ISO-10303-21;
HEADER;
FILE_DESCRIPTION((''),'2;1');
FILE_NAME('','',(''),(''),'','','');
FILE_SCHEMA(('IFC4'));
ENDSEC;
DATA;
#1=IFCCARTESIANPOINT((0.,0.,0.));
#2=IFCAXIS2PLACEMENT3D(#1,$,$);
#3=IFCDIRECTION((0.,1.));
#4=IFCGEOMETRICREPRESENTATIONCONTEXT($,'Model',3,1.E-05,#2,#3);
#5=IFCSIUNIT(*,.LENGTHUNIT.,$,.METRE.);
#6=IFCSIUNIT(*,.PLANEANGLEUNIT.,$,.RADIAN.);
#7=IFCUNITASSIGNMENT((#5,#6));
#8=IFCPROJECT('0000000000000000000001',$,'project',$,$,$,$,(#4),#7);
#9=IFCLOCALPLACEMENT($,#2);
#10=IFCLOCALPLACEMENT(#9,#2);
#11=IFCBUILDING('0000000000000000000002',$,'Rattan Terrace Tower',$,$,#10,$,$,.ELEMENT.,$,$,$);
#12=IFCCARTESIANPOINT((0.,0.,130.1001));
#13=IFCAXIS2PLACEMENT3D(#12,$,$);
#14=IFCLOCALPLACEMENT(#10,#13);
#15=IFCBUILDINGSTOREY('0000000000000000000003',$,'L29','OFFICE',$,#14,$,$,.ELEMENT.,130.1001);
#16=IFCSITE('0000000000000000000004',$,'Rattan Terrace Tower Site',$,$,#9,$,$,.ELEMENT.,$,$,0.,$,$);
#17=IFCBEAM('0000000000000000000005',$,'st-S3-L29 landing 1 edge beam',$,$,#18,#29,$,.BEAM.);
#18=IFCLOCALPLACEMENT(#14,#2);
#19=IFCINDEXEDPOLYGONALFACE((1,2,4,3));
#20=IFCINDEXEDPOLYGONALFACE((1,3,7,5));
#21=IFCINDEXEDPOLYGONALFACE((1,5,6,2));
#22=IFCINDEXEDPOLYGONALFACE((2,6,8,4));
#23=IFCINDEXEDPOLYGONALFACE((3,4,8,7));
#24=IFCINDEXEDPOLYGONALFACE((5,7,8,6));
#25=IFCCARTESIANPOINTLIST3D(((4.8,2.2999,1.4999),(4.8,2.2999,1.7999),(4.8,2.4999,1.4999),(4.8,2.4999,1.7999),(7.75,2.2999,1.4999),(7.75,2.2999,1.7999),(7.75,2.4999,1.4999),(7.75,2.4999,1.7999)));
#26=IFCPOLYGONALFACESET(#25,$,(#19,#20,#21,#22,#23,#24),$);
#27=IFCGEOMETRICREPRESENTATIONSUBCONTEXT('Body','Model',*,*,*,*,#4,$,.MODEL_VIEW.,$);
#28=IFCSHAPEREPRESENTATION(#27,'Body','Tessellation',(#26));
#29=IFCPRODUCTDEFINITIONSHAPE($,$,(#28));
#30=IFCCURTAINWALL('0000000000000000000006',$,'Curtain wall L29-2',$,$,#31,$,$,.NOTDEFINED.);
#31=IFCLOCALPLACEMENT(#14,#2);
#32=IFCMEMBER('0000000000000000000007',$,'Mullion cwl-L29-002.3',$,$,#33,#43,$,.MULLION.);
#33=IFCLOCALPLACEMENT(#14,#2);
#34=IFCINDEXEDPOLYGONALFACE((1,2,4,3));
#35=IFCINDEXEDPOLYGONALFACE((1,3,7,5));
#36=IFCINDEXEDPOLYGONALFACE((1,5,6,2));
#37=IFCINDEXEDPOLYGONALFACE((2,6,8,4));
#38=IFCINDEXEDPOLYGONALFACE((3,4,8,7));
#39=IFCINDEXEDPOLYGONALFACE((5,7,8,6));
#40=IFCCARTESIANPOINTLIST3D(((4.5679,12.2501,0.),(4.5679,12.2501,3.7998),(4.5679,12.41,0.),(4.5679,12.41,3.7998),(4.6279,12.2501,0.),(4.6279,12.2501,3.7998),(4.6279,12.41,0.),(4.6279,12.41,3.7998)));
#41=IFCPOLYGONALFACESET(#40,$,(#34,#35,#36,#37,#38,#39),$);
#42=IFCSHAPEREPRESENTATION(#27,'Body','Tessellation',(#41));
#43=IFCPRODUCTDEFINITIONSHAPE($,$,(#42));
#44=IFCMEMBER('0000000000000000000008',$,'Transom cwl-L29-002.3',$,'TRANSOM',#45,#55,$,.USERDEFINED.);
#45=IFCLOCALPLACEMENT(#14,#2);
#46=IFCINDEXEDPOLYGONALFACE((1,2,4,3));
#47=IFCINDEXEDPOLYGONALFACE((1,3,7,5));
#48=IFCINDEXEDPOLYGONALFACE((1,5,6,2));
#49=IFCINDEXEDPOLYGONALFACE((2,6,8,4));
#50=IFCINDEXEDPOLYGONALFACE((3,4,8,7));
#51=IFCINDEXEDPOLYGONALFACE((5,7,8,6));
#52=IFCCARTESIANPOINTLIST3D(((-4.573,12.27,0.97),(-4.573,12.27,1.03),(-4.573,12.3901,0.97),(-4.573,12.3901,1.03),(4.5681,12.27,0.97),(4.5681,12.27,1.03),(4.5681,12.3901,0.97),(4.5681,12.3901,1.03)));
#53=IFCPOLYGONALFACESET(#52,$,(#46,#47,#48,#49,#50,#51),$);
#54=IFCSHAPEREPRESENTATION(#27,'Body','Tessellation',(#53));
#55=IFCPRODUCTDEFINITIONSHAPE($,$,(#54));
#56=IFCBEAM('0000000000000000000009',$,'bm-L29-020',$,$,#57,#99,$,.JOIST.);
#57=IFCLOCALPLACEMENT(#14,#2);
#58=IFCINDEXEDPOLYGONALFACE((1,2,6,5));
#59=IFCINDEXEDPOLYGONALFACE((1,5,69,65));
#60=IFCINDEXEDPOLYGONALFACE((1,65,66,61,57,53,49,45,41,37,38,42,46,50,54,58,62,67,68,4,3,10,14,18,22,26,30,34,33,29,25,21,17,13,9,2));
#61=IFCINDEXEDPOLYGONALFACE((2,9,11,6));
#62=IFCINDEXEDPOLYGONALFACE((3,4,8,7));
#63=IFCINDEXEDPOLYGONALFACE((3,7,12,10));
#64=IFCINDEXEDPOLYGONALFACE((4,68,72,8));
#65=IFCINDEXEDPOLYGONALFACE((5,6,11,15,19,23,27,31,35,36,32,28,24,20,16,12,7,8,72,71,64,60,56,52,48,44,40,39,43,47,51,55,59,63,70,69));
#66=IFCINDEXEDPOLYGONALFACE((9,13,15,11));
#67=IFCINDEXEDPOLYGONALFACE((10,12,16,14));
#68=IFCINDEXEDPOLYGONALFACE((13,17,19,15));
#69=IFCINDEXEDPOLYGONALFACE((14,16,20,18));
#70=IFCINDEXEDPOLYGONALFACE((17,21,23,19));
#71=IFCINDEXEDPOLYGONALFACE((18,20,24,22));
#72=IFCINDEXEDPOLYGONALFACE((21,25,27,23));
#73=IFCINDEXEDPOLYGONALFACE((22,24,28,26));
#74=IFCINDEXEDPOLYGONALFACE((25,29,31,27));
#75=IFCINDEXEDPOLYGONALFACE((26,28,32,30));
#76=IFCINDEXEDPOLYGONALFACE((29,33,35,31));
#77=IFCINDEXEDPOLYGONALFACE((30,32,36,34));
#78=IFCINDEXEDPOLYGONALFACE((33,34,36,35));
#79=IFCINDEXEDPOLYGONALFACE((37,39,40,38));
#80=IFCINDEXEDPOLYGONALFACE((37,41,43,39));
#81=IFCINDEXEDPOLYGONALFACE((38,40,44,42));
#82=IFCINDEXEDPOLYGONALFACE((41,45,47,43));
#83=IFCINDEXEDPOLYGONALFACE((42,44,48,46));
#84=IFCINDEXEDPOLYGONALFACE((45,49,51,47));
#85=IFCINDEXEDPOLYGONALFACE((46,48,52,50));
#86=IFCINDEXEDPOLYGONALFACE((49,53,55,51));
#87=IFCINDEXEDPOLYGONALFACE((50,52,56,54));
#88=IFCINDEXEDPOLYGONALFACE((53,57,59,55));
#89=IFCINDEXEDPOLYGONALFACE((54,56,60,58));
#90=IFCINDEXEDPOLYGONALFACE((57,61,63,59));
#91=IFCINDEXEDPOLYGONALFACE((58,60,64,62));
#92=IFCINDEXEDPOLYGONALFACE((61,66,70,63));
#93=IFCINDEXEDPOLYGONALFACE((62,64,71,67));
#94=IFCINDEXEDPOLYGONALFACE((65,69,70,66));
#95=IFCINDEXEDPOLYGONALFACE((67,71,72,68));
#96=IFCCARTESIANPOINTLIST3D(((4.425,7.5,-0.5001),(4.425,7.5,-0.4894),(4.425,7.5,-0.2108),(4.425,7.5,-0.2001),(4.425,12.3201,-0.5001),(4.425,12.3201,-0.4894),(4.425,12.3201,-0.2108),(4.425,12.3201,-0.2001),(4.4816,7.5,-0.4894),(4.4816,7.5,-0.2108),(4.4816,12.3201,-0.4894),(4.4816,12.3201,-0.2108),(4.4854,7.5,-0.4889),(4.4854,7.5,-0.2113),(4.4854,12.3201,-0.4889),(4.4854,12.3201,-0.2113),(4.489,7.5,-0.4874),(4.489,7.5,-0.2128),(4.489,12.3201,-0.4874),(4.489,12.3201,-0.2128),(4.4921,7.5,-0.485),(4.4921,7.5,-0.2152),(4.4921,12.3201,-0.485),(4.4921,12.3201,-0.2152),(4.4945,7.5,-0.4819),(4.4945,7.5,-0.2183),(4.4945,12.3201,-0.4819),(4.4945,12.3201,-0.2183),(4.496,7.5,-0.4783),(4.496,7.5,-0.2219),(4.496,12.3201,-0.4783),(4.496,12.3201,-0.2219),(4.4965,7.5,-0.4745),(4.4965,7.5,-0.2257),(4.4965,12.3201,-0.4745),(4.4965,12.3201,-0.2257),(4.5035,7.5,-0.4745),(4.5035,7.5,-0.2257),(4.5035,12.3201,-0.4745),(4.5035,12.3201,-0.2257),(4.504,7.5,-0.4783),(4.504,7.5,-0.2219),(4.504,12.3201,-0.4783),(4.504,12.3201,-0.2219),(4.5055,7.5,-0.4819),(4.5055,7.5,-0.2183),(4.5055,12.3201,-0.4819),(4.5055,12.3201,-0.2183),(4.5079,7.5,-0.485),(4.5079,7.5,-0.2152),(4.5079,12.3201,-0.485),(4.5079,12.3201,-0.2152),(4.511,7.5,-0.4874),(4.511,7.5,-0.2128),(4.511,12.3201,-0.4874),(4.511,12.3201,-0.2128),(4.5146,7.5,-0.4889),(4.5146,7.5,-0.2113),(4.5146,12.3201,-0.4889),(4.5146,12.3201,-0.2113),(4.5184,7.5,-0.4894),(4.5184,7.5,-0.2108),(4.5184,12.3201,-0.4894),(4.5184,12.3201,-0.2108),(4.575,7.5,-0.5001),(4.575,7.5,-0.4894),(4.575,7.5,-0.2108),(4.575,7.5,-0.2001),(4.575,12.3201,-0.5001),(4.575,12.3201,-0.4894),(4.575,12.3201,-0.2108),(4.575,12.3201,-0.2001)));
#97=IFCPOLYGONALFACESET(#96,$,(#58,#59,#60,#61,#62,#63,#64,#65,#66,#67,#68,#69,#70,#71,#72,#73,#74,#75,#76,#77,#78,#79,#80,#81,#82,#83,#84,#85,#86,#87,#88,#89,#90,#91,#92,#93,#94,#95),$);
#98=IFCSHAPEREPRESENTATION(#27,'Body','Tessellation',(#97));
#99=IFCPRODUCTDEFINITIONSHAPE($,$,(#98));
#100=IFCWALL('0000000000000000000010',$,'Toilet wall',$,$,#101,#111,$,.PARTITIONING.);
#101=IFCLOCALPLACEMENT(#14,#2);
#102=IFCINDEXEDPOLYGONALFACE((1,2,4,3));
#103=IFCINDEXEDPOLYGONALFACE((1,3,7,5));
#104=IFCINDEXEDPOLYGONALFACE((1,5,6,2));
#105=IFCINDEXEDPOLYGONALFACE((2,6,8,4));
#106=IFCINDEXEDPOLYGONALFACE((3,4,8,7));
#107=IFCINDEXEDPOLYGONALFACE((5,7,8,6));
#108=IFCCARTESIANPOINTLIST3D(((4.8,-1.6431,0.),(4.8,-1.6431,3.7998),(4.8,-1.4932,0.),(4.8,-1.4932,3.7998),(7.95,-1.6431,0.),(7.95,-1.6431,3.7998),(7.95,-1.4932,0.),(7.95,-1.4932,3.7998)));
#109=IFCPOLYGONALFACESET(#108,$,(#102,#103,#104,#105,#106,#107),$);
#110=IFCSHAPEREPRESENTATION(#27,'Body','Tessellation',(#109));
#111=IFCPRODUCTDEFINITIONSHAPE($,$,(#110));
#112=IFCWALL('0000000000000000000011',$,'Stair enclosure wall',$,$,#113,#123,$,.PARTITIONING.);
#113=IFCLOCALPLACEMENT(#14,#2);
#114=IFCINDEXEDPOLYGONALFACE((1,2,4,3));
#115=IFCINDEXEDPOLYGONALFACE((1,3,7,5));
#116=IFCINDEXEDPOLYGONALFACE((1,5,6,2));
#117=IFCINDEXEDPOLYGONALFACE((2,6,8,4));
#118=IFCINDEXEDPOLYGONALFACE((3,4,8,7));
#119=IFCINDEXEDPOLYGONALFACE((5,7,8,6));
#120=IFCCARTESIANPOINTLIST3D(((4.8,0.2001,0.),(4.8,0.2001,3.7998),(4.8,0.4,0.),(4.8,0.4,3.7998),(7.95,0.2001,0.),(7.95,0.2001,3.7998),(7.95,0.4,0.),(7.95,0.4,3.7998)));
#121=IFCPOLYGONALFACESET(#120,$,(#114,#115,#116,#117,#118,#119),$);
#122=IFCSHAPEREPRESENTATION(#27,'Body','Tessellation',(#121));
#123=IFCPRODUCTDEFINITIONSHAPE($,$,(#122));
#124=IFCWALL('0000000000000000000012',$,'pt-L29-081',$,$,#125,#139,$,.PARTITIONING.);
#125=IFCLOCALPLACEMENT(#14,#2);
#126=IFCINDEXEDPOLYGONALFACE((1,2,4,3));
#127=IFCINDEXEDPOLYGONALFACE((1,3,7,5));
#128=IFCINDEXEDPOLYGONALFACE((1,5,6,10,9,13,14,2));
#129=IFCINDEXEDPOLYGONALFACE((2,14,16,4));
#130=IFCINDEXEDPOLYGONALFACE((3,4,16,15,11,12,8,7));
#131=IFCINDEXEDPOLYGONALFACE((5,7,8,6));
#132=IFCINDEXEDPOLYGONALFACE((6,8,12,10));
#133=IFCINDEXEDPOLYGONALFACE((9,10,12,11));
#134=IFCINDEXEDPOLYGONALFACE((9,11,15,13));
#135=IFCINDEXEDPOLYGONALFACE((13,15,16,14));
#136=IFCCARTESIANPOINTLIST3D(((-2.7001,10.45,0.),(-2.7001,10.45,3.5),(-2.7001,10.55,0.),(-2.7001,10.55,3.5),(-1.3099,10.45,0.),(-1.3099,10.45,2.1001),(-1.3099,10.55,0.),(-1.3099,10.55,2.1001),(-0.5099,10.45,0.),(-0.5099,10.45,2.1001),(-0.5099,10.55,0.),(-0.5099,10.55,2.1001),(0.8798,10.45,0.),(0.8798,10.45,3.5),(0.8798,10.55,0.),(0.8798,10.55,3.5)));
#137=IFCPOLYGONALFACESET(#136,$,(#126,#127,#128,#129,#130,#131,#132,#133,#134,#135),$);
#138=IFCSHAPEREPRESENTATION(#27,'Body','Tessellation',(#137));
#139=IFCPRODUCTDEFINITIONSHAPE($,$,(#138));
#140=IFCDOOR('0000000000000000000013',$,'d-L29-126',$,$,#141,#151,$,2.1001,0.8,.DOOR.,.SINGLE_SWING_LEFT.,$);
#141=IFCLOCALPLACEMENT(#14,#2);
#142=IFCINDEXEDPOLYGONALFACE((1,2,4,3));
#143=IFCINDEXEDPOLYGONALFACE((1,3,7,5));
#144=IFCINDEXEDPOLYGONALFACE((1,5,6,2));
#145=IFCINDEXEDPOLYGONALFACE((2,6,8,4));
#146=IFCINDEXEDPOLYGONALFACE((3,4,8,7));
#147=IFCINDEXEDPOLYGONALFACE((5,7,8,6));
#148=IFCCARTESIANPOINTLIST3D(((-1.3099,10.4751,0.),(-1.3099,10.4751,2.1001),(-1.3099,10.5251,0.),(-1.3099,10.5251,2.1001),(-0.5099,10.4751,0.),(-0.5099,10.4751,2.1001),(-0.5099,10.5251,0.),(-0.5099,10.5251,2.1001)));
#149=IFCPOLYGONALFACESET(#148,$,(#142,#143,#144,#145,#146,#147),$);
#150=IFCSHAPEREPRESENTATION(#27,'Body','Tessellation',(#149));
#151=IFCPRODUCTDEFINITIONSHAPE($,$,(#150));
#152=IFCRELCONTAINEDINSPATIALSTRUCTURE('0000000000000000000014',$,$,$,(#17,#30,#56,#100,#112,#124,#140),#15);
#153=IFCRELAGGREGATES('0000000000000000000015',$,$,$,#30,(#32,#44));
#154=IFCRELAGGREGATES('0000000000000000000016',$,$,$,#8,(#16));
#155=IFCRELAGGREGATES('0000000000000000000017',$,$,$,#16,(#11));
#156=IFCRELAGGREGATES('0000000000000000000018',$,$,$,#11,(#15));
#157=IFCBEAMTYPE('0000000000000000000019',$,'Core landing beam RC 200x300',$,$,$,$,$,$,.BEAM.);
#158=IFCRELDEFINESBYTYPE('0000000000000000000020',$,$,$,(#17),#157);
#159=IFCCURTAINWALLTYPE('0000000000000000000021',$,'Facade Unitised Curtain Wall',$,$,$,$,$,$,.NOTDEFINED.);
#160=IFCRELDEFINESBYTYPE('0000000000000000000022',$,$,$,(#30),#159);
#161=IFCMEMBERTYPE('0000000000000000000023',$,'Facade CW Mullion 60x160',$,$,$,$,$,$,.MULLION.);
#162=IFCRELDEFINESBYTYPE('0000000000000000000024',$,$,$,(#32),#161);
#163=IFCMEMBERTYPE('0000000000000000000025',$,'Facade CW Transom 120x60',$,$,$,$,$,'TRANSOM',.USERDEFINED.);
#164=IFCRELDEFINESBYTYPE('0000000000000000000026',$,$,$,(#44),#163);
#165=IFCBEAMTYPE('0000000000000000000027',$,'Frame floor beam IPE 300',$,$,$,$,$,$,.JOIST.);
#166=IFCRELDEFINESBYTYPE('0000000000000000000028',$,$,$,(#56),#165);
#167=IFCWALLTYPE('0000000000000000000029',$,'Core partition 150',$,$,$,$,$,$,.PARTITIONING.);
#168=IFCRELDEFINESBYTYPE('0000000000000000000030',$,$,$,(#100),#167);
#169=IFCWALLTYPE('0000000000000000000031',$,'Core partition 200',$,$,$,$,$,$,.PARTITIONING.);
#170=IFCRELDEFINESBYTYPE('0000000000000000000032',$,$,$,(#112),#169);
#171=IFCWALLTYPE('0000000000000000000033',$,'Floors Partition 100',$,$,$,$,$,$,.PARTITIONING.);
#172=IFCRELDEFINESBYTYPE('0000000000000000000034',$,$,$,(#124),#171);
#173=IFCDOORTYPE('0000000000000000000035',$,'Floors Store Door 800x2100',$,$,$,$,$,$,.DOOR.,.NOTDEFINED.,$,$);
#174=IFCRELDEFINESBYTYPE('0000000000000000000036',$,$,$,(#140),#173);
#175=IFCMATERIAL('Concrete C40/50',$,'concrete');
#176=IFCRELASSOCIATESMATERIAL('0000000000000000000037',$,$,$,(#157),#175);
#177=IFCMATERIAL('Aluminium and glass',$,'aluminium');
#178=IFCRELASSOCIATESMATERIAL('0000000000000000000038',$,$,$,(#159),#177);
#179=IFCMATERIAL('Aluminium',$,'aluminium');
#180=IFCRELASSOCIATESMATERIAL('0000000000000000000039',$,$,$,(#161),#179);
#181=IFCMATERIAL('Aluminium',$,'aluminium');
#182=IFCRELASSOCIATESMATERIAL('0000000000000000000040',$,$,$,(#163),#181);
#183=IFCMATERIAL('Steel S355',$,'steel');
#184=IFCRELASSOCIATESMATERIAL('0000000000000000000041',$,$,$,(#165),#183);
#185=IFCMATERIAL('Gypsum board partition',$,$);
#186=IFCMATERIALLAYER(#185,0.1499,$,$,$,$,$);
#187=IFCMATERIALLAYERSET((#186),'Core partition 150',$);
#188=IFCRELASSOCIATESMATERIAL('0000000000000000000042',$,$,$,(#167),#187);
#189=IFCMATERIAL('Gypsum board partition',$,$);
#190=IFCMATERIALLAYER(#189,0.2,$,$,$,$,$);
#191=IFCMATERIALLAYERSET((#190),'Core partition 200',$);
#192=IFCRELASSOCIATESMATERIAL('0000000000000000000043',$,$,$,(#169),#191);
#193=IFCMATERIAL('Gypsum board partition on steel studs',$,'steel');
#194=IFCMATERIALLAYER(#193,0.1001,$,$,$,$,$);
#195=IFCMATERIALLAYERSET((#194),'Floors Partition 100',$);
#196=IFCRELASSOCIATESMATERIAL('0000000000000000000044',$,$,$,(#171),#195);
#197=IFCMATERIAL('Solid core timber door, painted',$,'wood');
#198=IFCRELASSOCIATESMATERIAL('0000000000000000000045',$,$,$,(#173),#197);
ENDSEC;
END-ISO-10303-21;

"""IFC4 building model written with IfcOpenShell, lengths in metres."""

from ifc_helpers import new_model, si_unit, direction, frame, frame_2d, origin, origin_2d, place, context, subcontext, project, spatial, rectangle, i_section, extrude, material, layer, layer_set, material_profile, profile_set, type_object, element, fill, aggregate, save


model = new_model("IFC4")

# Units and contexts
model_context = context("Model", 3, precision=1e-05, world=origin(), true_north=direction((0.0, 1.0)))
body_context = subcontext(model_context, "Body", "Model", "MODEL_VIEW")
ifc_project = project(units=[si_unit("LENGTHUNIT", "METRE"), si_unit("PLANEANGLEUNIT", "RADIAN")], contexts=[model_context])

# Site, building, storey
site_placement = place(None, origin())
site = spatial("IfcSite", under=ifc_project, at=site_placement, Name="Rattan Terrace Tower Site", CompositionType="ELEMENT", RefElevation=0.0)
building_placement = place(site_placement, origin())
building = spatial("IfcBuilding", under=site, at=building_placement, Name="Rattan Terrace Tower", CompositionType="ELEMENT")
storey_placement = place(building_placement, frame((0.0, 0.0, 130.1001)))
storey = spatial("IfcBuildingStorey", under=building, at=storey_placement, Name="L29", Description="OFFICE", CompositionType="ELEMENT", Elevation=130.1001)

# Beam
ifc_material_1 = material(Name="Concrete C40/50", Category="concrete")
ifc_material_profile_1 = material_profile(ifc_material_1, rectangle(XDim=0.2, YDim=0.3, at=origin_2d()), Name="RC 200x300")
ifc_profile_set_1 = profile_set([ifc_material_profile_1], Name="Concrete C40/50")
beam_type_1 = type_object("IfcBeamType", Name="Core landing beam RC 200x300", PredefinedType="BEAM", material=ifc_profile_set_1)
beam_1_placement = place(storey_placement, frame((4.8, 2.3999, 1.6499), z_axis=(1.0, 0.0, 0.0), x_axis=(0.0, 1.0, 0.0)))
element("IfcBeam", 1, at=beam_1_placement, inside=storey, type_object=beam_type_1, Name="st-S3-L29 landing 1 edge beam", PredefinedType="BEAM", context=body_context, shape_type="SweptSolid", body=[
    extrude(rectangle(XDim=0.2, YDim=0.3, at=origin_2d()), origin(), (0.0, 0.0, 1.0), 2.95),
])

# Curtain wall, members
ifc_material_2 = material(Name="Aluminium and glass", Category="aluminium")
curtain_wall_type = type_object("IfcCurtainWallType", Name="Facade Unitised Curtain Wall", PredefinedType="NOTDEFINED", material=ifc_material_2)
curtain_wall_placement = place(storey_placement, origin())
curtain_wall = element("IfcCurtainWall", 2, at=curtain_wall_placement, inside=storey, type_object=curtain_wall_type, Name="Curtain wall L29-2", PredefinedType="NOTDEFINED")
ifc_material_3 = material(Name="Aluminium", Category="aluminium")
ifc_material_profile_2 = material_profile(ifc_material_3, rectangle(XDim=0.0601, YDim=0.1599, at=origin_2d()), Name="Aluminium 60x160")
ifc_profile_set_2 = profile_set([ifc_material_profile_2], Name="Aluminium")
member_type_1 = type_object("IfcMemberType", Name="Facade CW Mullion 60x160", PredefinedType="MULLION", material=ifc_profile_set_2)
member_1_placement = place(storey_placement, frame((4.5979, 12.3301, 0.0), z_axis=(0.0, 0.0, 1.0), x_axis=(-1.0, 0.0, 0.0)))
member_1 = element("IfcMember", 3, at=member_1_placement, type_object=member_type_1, Name="Mullion cwl-L29-002.3", PredefinedType="MULLION", context=body_context, shape_type="SweptSolid", body=[
    extrude(rectangle(XDim=0.0601, YDim=0.1599, at=origin_2d()), origin(), (0.0, 0.0, 1.0), 3.7998),
])
ifc_material_4 = material(Name="Aluminium", Category="aluminium")
ifc_material_profile_3 = material_profile(ifc_material_4, rectangle(XDim=0.1201, YDim=0.0601, at=origin_2d()), Name="Aluminium 120x60")
ifc_profile_set_3 = profile_set([ifc_material_profile_3], Name="Aluminium")
member_type_2 = type_object("IfcMemberType", Name="Facade CW Transom 120x60", ElementType="TRANSOM", PredefinedType="USERDEFINED", material=ifc_profile_set_3)
member_2_placement = place(storey_placement, frame((4.5681, 12.3301, 1.0), z_axis=(-1.0, 0.0, 0.0), x_axis=(0.0, -1.0, 0.0)))
member_2 = element("IfcMember", 4, at=member_2_placement, type_object=member_type_2, Name="Transom cwl-L29-002.3", ObjectType="TRANSOM", PredefinedType="USERDEFINED", context=body_context, shape_type="SweptSolid", body=[
    extrude(rectangle(XDim=0.1201, YDim=0.0601, at=origin_2d()), origin(), (0.0, 0.0, 1.0), 9.1411),
])
aggregate(curtain_wall, [member_1, member_2])

# Beam
ifc_material_5 = material(Name="Steel S355", Category="steel")
ifc_material_profile_4 = material_profile(ifc_material_5, i_section(OverallWidth=0.1499, OverallDepth=0.3, WebThickness=0.0071, FlangeThickness=0.0107, FilletRadius=0.0149, at=origin_2d()), Name="IPE 300")
ifc_profile_set_4 = profile_set([ifc_material_profile_4], Name="Steel S355")
beam_type_2 = type_object("IfcBeamType", Name="Frame floor beam IPE 300", PredefinedType="JOIST", material=ifc_profile_set_4)
beam_2_placement = place(storey_placement, frame((4.5, 7.5, -0.3501), z_axis=(0.0, 1.0, 0.0), x_axis=(-1.0, 0.0, 0.0)))
element("IfcBeam", 5, at=beam_2_placement, inside=storey, type_object=beam_type_2, Name="bm-L29-020", PredefinedType="JOIST", context=body_context, shape_type="SweptSolid", body=[
    extrude(i_section(OverallWidth=0.1499, OverallDepth=0.3, WebThickness=0.0071, FlangeThickness=0.0107, FilletRadius=0.0149, at=origin_2d()), origin(), (0.0, 0.0, 1.0), 4.8201),
])

# Walls
ifc_material_6 = material(Name="Gypsum board partition")
ifc_layer_1 = layer(ifc_material_6, 0.1499)
ifc_layer_set_1 = layer_set([ifc_layer_1], Name="Core partition 150")
wall_type_1 = type_object("IfcWallType", Name="Core partition 150", PredefinedType="PARTITIONING", material=ifc_layer_set_1)
wall_1_placement = place(storey_placement, frame((4.8, -1.5681, 0.0), z_axis=(0.0, 0.0, 1.0), x_axis=(1.0, 0.0, 0.0)))
element("IfcWall", 6, at=wall_1_placement, inside=storey, type_object=wall_type_1, Name="Toilet wall", PredefinedType="PARTITIONING", context=body_context, shape_type="SweptSolid", body=[
    extrude(rectangle(XDim=3.1499, YDim=0.1499, at=frame_2d((1.575, 0.0))), origin(), (0.0, 0.0, 1.0), 3.7998),
])
ifc_material_7 = material(Name="Gypsum board partition")
ifc_layer_2 = layer(ifc_material_7, 0.2)
ifc_layer_set_2 = layer_set([ifc_layer_2], Name="Core partition 200")
wall_type_2 = type_object("IfcWallType", Name="Core partition 200", PredefinedType="PARTITIONING", material=ifc_layer_set_2)
wall_2_placement = place(storey_placement, frame((4.8, 0.3, 0.0), z_axis=(0.0, 0.0, 1.0), x_axis=(1.0, 0.0, 0.0)))
element("IfcWall", 7, at=wall_2_placement, inside=storey, type_object=wall_type_2, Name="Stair enclosure wall", PredefinedType="PARTITIONING", context=body_context, shape_type="SweptSolid", body=[
    extrude(rectangle(XDim=3.1499, YDim=0.2, at=frame_2d((1.575, 0.0))), origin(), (0.0, 0.0, 1.0), 3.7998),
])

# Wall, opening, door
ifc_material_8 = material(Name="Gypsum board partition on steel studs", Category="steel")
ifc_layer_3 = layer(ifc_material_8, 0.1001)
ifc_layer_set_3 = layer_set([ifc_layer_3], Name="Floors Partition 100")
wall_type_3 = type_object("IfcWallType", Name="Floors Partition 100", PredefinedType="PARTITIONING", material=ifc_layer_set_3)
wall_3_placement = place(storey_placement, frame((0.8799, 10.5, 0.0), z_axis=(0.0, 0.0, 1.0), x_axis=(-1.0, 0.0, 0.0)))
wall_3 = element("IfcWall", 8, at=wall_3_placement, inside=storey, type_object=wall_type_3, Name="pt-L29-081", PredefinedType="PARTITIONING", context=body_context, shape_type="SweptSolid", body=[
    extrude(rectangle(XDim=3.5798, YDim=0.1001, at=frame_2d((1.79, 0.0))), origin(), (0.0, 0.0, 1.0), 3.5),
])
opening_1_placement = place(wall_3_placement, frame((1.3899, 0.0, 0.0)))
opening_1 = element("IfcOpeningElement", 9, at=opening_1_placement, cuts=wall_3, PredefinedType="OPENING", context=body_context, shape_type="SweptSolid", body=[
    extrude(rectangle(XDim=0.8, YDim=2.1001, at=frame_2d((0.3999, 1.05))), frame((0.0, 0.0605, 0.0), z_axis=(0.0, -1.0, 0.0), x_axis=(1.0, 0.0, 0.0)), (0.0, 0.0, 1.0), 0.1211),
])
ifc_material_9 = material(Name="Solid core timber door, painted", Category="wood")
door_type_1 = type_object("IfcDoorType", Name="Floors Store Door 800x2100", OperationType="NOTDEFINED", PredefinedType="DOOR", material=ifc_material_9)
door_1_placement = place(opening_1_placement, origin())
door_1 = element("IfcDoor", 10, at=door_1_placement, inside=storey, type_object=door_type_1, Name="d-L29-126", OperationType="SINGLE_SWING_LEFT", OverallHeight=2.1001, OverallWidth=0.8, PredefinedType="DOOR", context=body_context, shape_type="SweptSolid", body=[
    extrude(rectangle(XDim=0.8, YDim=2.1001, at=frame_2d((0.3999, 1.05))), frame((0.0, 0.0249, 0.0), z_axis=(0.0, -1.0, 0.0), x_axis=(1.0, 0.0, 0.0)), (0.0, 0.0, 1.0), 0.05),
])
fill(opening_1, door_1)

save(model, "model.ifc")
